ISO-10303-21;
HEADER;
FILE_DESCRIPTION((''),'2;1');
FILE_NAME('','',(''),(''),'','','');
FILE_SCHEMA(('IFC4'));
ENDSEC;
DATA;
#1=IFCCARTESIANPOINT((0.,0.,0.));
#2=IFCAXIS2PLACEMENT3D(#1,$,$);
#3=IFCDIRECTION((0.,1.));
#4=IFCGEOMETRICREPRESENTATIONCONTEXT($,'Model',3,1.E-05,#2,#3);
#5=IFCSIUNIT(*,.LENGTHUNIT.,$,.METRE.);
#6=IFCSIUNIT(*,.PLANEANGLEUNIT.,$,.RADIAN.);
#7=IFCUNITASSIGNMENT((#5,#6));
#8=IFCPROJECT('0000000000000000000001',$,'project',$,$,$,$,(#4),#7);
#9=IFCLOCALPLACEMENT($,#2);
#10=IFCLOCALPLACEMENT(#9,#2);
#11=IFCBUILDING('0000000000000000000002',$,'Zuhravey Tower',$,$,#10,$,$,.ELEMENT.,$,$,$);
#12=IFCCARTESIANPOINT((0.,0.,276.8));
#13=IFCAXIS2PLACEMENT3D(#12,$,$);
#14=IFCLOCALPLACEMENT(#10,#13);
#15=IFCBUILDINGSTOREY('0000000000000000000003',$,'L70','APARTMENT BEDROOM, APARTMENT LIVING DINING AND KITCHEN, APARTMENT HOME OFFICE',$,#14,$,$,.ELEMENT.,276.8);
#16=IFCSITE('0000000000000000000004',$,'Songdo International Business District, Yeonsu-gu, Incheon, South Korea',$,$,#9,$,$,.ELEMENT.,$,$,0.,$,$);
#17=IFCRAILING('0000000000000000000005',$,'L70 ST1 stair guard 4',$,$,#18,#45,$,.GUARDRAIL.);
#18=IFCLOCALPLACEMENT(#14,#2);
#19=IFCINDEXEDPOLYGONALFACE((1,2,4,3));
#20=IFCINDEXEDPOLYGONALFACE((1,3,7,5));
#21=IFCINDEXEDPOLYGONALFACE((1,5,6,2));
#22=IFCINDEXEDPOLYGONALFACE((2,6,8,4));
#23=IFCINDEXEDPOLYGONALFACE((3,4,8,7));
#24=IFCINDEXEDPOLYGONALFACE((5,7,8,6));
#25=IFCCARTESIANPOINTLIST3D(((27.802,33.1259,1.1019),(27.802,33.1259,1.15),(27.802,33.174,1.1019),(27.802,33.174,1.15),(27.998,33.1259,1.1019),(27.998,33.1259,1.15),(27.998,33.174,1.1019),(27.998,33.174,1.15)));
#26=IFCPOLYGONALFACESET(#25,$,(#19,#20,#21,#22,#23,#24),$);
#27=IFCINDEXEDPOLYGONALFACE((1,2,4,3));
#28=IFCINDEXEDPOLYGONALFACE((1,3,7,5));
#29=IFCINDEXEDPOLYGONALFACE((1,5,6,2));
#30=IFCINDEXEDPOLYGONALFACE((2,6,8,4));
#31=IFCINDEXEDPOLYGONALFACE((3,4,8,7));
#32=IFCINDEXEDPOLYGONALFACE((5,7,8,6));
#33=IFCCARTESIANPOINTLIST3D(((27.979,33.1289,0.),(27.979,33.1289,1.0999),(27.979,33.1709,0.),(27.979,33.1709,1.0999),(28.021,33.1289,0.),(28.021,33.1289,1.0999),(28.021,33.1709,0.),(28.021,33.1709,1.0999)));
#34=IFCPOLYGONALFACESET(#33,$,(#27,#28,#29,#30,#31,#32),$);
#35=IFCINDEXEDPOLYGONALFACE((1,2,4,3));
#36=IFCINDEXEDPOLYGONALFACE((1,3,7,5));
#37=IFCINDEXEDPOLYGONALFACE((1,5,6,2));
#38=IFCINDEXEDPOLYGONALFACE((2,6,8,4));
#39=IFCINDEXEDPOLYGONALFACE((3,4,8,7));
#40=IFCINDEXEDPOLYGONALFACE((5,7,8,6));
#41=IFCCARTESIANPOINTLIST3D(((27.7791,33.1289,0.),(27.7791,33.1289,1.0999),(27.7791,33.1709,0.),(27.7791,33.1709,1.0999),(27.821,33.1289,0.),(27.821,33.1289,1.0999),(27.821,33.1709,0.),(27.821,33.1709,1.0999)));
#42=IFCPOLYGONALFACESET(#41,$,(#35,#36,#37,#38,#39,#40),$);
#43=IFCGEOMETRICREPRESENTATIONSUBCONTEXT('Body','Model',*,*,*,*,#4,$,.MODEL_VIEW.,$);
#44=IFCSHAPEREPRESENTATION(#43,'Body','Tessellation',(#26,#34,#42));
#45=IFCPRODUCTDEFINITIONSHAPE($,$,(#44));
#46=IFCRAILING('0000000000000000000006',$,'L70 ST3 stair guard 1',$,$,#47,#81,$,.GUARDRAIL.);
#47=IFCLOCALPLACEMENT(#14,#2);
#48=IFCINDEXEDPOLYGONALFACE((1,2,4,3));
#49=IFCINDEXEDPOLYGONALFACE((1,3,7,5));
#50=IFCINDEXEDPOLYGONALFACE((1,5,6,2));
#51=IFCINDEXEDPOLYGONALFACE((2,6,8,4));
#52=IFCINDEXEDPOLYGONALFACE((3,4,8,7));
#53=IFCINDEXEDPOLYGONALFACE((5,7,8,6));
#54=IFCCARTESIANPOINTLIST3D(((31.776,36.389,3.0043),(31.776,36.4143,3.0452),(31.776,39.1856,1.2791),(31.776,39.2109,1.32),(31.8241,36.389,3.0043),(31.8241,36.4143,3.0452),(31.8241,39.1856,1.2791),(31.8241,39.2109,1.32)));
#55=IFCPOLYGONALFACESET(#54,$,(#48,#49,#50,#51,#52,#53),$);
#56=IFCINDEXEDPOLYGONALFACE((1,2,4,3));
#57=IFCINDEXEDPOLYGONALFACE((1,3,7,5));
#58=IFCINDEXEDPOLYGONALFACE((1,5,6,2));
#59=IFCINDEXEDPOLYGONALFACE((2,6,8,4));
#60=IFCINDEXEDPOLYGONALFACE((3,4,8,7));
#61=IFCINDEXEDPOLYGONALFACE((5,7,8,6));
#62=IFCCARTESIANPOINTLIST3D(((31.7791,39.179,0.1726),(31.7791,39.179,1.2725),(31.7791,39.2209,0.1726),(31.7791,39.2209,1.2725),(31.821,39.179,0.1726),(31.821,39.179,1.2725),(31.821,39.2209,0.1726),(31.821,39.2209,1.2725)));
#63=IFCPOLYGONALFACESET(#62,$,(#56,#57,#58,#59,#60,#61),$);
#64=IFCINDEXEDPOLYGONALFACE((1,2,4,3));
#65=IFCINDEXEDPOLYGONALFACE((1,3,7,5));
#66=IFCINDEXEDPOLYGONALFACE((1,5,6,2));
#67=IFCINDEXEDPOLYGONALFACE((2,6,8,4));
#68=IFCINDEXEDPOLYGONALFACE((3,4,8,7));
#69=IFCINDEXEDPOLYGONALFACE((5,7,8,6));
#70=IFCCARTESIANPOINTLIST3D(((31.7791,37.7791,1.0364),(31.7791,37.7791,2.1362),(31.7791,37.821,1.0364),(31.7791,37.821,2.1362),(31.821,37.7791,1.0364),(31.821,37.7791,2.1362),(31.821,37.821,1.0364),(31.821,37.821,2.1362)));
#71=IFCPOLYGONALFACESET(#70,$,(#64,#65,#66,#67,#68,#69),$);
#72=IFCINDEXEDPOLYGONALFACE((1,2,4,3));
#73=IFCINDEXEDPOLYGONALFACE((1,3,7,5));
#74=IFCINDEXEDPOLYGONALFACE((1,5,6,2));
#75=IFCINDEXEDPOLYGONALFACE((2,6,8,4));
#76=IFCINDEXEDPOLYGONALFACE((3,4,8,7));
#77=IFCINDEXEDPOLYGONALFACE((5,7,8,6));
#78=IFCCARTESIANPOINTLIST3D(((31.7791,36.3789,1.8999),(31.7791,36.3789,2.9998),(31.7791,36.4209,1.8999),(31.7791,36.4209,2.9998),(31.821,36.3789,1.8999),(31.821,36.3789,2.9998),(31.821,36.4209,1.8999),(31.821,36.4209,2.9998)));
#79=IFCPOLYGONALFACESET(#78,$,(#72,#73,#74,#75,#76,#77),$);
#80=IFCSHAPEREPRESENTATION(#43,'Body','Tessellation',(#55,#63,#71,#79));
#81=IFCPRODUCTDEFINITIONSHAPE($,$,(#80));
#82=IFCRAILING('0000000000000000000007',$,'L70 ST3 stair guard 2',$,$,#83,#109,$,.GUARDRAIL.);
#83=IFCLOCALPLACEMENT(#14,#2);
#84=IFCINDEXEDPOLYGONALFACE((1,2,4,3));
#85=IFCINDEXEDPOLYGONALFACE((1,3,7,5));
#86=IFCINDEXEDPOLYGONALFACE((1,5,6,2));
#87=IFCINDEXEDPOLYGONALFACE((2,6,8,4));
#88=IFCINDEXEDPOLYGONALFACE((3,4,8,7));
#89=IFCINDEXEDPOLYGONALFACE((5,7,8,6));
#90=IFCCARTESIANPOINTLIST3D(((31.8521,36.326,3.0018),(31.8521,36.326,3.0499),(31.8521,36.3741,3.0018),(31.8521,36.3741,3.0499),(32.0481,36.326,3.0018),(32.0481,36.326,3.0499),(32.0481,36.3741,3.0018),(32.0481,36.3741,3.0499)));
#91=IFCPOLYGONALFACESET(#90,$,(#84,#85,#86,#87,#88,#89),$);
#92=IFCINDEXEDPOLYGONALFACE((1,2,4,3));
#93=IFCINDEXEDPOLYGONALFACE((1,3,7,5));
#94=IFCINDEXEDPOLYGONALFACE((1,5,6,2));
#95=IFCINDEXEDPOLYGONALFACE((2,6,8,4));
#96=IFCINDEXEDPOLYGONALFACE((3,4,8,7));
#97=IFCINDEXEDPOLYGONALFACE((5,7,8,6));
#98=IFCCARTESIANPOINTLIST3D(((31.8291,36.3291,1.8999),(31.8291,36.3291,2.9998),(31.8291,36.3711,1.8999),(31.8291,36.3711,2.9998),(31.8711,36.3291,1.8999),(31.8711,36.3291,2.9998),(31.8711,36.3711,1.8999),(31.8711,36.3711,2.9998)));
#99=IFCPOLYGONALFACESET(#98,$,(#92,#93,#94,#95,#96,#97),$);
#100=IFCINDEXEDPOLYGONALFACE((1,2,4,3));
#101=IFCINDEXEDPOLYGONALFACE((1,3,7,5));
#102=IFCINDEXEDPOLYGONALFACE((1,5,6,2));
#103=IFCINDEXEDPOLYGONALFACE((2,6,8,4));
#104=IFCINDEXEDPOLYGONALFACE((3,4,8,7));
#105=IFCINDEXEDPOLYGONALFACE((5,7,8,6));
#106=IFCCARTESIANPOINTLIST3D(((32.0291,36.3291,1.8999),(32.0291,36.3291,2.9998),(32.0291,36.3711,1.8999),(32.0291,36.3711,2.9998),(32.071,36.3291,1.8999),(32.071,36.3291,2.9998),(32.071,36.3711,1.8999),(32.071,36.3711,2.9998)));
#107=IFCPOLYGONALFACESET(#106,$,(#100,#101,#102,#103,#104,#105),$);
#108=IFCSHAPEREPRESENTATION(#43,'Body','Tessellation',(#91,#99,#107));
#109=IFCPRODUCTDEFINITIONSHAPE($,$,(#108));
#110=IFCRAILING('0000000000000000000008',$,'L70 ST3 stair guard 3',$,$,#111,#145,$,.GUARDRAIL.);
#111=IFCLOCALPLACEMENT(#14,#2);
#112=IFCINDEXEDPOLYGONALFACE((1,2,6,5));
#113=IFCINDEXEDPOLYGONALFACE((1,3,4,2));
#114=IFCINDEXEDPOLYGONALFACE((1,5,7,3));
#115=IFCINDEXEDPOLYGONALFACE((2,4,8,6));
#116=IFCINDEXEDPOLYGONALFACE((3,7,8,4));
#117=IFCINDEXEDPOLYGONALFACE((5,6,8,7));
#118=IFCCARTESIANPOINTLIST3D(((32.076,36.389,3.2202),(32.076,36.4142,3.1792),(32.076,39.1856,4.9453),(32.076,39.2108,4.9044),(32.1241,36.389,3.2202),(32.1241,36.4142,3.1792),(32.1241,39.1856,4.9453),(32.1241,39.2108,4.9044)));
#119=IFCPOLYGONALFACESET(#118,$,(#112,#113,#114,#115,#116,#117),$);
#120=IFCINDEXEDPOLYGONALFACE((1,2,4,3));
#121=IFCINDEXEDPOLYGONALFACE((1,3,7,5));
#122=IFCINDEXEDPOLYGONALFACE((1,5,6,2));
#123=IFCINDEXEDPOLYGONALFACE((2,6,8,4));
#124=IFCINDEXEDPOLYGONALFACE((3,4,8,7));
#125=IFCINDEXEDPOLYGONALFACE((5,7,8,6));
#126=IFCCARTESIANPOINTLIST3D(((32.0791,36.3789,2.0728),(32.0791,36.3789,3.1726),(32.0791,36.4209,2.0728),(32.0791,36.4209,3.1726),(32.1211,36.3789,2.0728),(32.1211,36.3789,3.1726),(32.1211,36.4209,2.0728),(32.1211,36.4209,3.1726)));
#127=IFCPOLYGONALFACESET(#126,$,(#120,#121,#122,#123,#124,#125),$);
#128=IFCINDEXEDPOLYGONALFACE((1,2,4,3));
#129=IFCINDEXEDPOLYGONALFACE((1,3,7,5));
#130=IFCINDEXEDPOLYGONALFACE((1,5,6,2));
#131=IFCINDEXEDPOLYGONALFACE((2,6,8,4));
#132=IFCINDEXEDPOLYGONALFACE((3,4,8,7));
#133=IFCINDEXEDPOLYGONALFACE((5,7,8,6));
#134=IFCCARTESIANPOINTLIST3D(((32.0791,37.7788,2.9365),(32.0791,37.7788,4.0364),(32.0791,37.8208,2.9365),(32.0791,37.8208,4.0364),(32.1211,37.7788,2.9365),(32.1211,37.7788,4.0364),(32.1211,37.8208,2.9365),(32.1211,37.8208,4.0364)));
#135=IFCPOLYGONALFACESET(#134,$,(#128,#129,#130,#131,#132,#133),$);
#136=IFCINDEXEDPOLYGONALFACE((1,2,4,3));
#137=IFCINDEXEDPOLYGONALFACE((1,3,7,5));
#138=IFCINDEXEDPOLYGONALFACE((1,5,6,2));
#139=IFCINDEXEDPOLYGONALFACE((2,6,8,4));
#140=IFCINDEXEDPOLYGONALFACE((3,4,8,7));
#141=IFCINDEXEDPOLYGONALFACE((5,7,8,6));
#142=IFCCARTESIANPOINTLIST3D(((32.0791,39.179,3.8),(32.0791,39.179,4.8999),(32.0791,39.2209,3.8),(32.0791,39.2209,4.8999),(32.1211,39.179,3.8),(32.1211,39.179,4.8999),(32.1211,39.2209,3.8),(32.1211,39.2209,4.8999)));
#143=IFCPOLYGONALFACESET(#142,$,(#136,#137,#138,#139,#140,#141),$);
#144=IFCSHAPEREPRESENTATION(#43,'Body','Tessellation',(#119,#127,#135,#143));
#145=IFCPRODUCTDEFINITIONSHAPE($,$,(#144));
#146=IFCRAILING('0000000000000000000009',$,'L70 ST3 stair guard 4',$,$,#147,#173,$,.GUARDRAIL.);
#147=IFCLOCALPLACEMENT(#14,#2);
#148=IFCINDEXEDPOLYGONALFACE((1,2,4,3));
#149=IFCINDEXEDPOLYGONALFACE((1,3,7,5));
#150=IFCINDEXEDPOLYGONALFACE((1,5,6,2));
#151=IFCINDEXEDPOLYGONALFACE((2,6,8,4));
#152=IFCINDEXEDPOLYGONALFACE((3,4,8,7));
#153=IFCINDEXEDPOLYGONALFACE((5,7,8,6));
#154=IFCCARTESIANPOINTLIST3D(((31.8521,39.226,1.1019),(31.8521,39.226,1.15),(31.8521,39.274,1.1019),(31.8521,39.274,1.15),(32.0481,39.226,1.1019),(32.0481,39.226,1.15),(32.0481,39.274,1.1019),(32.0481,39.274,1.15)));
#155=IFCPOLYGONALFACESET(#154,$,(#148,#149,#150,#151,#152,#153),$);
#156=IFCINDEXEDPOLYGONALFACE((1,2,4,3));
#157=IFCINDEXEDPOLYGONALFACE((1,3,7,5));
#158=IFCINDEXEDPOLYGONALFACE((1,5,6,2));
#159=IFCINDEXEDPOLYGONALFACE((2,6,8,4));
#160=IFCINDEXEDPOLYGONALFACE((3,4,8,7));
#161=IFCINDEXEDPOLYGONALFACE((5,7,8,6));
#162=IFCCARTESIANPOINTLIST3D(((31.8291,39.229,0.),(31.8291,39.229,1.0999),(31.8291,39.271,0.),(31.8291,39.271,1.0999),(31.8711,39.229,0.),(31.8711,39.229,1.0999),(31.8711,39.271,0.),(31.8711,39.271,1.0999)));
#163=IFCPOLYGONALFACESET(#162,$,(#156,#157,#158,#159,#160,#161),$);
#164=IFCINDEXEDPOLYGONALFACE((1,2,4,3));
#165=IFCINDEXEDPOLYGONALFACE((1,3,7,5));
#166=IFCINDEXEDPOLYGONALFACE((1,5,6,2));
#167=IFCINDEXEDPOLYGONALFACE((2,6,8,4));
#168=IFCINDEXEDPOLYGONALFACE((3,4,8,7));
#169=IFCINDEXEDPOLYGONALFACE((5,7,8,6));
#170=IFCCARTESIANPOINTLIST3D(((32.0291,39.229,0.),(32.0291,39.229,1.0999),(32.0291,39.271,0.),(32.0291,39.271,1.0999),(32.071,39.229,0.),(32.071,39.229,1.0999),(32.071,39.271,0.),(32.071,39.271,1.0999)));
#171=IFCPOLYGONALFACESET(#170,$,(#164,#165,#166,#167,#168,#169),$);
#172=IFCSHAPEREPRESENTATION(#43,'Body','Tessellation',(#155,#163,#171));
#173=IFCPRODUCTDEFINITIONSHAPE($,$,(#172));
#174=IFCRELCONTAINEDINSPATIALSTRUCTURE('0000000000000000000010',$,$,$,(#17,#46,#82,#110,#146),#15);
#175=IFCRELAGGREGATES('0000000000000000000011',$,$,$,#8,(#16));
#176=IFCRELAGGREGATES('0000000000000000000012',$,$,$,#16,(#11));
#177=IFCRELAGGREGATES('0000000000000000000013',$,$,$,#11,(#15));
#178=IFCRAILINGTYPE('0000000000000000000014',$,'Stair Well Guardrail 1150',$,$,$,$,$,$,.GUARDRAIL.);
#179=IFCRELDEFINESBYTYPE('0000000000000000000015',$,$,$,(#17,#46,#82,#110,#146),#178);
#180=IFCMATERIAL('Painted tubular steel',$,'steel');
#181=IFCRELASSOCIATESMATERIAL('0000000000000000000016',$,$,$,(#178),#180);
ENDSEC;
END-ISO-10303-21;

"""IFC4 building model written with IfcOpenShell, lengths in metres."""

from ifc_helpers import new_model, si_unit, direction, frame, origin, origin_2d, place, context, subcontext, project, spatial, rectangle, extrude, material, type_object, element, save


model = new_model("IFC4")

# Units and contexts
model_context = context("Model", 3, precision=1e-05, world=origin(), true_north=direction((0.0, 1.0)))
body_context = subcontext(model_context, "Body", "Model", "MODEL_VIEW")
ifc_project = project(units=[si_unit("LENGTHUNIT", "METRE"), si_unit("PLANEANGLEUNIT", "RADIAN")], contexts=[model_context])

# Site, building, storey
site_placement = place(None, origin())
site = spatial("IfcSite", under=ifc_project, at=site_placement, Name="Songdo International Business District, Yeonsu-gu, Incheon, South Korea", CompositionType="ELEMENT", RefElevation=0.0)
building_placement = place(site_placement, origin())
building = spatial("IfcBuilding", under=site, at=building_placement, Name="Zuhravey Tower", CompositionType="ELEMENT")
storey_placement = place(building_placement, frame((0.0, 0.0, 276.8)))
storey = spatial("IfcBuildingStorey", under=building, at=storey_placement, Name="L70", Description="APARTMENT BEDROOM, APARTMENT LIVING DINING AND KITCHEN, APARTMENT HOME OFFICE", CompositionType="ELEMENT", Elevation=276.8)

# Railings
ifc_material_1 = material(Name="Painted tubular steel", Category="steel")
railing_type_1 = type_object("IfcRailingType", Name="Stair Well Guardrail 1150", PredefinedType="GUARDRAIL", material=ifc_material_1)
railing_1_placement = place(storey_placement, frame((28.0, 33.1499, 0.0)))
element("IfcRailing", 1, at=railing_1_placement, inside=storey, type_object=railing_type_1, Name="L70 ST1 stair guard 4", PredefinedType="GUARDRAIL", context=body_context, shape_type="SweptSolid", body=[
    extrude(rectangle(XDim=0.0481, YDim=0.0481, at=origin_2d()), frame((-0.002, 0.0, 1.126), z_axis=(-1.0, 0.0, 0.0), x_axis=(0.0, -1.0, 0.0)), (0.0, 0.0, 1.0), 0.196),
    extrude(rectangle(XDim=0.042, YDim=0.042, at=origin_2d()), origin(), (0.0, 0.0, 1.0), 1.0999),
    extrude(rectangle(XDim=0.042, YDim=0.042, at=origin_2d()), frame((-0.2, 0.0, 0.0)), (0.0, 0.0, 1.0), 1.0999),
])
railing_2_placement = place(storey_placement, frame((31.8, 39.2, 0.1726)))
element("IfcRailing", 2, at=railing_2_placement, inside=storey, type_object=railing_type_1, Name="L70 ST3 stair guard 1", PredefinedType="GUARDRAIL", context=body_context, shape_type="SweptSolid", body=[
    extrude(rectangle(XDim=0.0481, YDim=0.0481, at=origin_2d()), frame((0.0, -0.0017, 1.127), z_axis=(0.0, -0.85109, 0.52502), x_axis=(1.0, 0.0, 0.0)), (0.0, 0.0, 1.0), 3.2859),
    extrude(rectangle(XDim=0.042, YDim=0.042, at=origin_2d()), origin(), (0.0, 0.0, 1.0), 1.0999),
    extrude(rectangle(XDim=0.042, YDim=0.042, at=origin_2d()), frame((0.0, -1.3999, 0.8638)), (0.0, 0.0, 1.0), 1.0999),
    extrude(rectangle(XDim=0.042, YDim=0.042, at=origin_2d()), frame((0.0, -2.8, 1.7273)), (0.0, 0.0, 1.0), 1.0999),
])
railing_3_placement = place(storey_placement, frame((31.8501, 36.3501, 1.8999)))
element("IfcRailing", 3, at=railing_3_placement, inside=storey, type_object=railing_type_1, Name="L70 ST3 stair guard 2", PredefinedType="GUARDRAIL", context=body_context, shape_type="SweptSolid", body=[
    extrude(rectangle(XDim=0.0481, YDim=0.0481, at=origin_2d()), frame((0.002, 0.0, 1.126), z_axis=(1.0, 0.0, 0.0), x_axis=(0.0, 1.0, 0.0)), (0.0, 0.0, 1.0), 0.196),
    extrude(rectangle(XDim=0.042, YDim=0.042, at=origin_2d()), origin(), (0.0, 0.0, 1.0), 1.0999),
    extrude(rectangle(XDim=0.042, YDim=0.042, at=origin_2d()), frame((0.2, 0.0, 0.0)), (0.0, 0.0, 1.0), 1.0999),
])
railing_4_placement = place(storey_placement, frame((32.1001, 36.3999, 2.0728)))
element("IfcRailing", 4, at=railing_4_placement, inside=storey, type_object=railing_type_1, Name="L70 ST3 stair guard 3", PredefinedType="GUARDRAIL", context=body_context, shape_type="SweptSolid", body=[
    extrude(rectangle(XDim=0.0481, YDim=0.0481, at=origin_2d()), frame((0.0, 0.0017, 1.127), z_axis=(0.0, 0.85109, 0.52502), x_axis=(-1.0, 0.0, 0.0)), (0.0, 0.0, 1.0), 3.2859),
    extrude(rectangle(XDim=0.042, YDim=0.042, at=origin_2d()), origin(), (0.0, 0.0, 1.0), 1.0999),
    extrude(rectangle(XDim=0.042, YDim=0.042, at=origin_2d()), frame((0.0, 1.3999, 0.8638)), (0.0, 0.0, 1.0), 1.0999),
    extrude(rectangle(XDim=0.042, YDim=0.042, at=origin_2d()), frame((0.0, 2.8, 1.7273)), (0.0, 0.0, 1.0), 1.0999),
])
railing_5_placement = place(storey_placement, frame((31.8501, 39.25, 0.0)))
element("IfcRailing", 5, at=railing_5_placement, inside=storey, type_object=railing_type_1, Name="L70 ST3 stair guard 4", PredefinedType="GUARDRAIL", context=body_context, shape_type="SweptSolid", body=[
    extrude(rectangle(XDim=0.0481, YDim=0.0481, at=origin_2d()), frame((0.002, 0.0, 1.126), z_axis=(1.0, 0.0, 0.0), x_axis=(0.0, 1.0, 0.0)), (0.0, 0.0, 1.0), 0.196),
    extrude(rectangle(XDim=0.042, YDim=0.042, at=origin_2d()), origin(), (0.0, 0.0, 1.0), 1.0999),
    extrude(rectangle(XDim=0.042, YDim=0.042, at=origin_2d()), frame((0.2, 0.0, 0.0)), (0.0, 0.0, 1.0), 1.0999),
])

save(model, "model.ifc")
